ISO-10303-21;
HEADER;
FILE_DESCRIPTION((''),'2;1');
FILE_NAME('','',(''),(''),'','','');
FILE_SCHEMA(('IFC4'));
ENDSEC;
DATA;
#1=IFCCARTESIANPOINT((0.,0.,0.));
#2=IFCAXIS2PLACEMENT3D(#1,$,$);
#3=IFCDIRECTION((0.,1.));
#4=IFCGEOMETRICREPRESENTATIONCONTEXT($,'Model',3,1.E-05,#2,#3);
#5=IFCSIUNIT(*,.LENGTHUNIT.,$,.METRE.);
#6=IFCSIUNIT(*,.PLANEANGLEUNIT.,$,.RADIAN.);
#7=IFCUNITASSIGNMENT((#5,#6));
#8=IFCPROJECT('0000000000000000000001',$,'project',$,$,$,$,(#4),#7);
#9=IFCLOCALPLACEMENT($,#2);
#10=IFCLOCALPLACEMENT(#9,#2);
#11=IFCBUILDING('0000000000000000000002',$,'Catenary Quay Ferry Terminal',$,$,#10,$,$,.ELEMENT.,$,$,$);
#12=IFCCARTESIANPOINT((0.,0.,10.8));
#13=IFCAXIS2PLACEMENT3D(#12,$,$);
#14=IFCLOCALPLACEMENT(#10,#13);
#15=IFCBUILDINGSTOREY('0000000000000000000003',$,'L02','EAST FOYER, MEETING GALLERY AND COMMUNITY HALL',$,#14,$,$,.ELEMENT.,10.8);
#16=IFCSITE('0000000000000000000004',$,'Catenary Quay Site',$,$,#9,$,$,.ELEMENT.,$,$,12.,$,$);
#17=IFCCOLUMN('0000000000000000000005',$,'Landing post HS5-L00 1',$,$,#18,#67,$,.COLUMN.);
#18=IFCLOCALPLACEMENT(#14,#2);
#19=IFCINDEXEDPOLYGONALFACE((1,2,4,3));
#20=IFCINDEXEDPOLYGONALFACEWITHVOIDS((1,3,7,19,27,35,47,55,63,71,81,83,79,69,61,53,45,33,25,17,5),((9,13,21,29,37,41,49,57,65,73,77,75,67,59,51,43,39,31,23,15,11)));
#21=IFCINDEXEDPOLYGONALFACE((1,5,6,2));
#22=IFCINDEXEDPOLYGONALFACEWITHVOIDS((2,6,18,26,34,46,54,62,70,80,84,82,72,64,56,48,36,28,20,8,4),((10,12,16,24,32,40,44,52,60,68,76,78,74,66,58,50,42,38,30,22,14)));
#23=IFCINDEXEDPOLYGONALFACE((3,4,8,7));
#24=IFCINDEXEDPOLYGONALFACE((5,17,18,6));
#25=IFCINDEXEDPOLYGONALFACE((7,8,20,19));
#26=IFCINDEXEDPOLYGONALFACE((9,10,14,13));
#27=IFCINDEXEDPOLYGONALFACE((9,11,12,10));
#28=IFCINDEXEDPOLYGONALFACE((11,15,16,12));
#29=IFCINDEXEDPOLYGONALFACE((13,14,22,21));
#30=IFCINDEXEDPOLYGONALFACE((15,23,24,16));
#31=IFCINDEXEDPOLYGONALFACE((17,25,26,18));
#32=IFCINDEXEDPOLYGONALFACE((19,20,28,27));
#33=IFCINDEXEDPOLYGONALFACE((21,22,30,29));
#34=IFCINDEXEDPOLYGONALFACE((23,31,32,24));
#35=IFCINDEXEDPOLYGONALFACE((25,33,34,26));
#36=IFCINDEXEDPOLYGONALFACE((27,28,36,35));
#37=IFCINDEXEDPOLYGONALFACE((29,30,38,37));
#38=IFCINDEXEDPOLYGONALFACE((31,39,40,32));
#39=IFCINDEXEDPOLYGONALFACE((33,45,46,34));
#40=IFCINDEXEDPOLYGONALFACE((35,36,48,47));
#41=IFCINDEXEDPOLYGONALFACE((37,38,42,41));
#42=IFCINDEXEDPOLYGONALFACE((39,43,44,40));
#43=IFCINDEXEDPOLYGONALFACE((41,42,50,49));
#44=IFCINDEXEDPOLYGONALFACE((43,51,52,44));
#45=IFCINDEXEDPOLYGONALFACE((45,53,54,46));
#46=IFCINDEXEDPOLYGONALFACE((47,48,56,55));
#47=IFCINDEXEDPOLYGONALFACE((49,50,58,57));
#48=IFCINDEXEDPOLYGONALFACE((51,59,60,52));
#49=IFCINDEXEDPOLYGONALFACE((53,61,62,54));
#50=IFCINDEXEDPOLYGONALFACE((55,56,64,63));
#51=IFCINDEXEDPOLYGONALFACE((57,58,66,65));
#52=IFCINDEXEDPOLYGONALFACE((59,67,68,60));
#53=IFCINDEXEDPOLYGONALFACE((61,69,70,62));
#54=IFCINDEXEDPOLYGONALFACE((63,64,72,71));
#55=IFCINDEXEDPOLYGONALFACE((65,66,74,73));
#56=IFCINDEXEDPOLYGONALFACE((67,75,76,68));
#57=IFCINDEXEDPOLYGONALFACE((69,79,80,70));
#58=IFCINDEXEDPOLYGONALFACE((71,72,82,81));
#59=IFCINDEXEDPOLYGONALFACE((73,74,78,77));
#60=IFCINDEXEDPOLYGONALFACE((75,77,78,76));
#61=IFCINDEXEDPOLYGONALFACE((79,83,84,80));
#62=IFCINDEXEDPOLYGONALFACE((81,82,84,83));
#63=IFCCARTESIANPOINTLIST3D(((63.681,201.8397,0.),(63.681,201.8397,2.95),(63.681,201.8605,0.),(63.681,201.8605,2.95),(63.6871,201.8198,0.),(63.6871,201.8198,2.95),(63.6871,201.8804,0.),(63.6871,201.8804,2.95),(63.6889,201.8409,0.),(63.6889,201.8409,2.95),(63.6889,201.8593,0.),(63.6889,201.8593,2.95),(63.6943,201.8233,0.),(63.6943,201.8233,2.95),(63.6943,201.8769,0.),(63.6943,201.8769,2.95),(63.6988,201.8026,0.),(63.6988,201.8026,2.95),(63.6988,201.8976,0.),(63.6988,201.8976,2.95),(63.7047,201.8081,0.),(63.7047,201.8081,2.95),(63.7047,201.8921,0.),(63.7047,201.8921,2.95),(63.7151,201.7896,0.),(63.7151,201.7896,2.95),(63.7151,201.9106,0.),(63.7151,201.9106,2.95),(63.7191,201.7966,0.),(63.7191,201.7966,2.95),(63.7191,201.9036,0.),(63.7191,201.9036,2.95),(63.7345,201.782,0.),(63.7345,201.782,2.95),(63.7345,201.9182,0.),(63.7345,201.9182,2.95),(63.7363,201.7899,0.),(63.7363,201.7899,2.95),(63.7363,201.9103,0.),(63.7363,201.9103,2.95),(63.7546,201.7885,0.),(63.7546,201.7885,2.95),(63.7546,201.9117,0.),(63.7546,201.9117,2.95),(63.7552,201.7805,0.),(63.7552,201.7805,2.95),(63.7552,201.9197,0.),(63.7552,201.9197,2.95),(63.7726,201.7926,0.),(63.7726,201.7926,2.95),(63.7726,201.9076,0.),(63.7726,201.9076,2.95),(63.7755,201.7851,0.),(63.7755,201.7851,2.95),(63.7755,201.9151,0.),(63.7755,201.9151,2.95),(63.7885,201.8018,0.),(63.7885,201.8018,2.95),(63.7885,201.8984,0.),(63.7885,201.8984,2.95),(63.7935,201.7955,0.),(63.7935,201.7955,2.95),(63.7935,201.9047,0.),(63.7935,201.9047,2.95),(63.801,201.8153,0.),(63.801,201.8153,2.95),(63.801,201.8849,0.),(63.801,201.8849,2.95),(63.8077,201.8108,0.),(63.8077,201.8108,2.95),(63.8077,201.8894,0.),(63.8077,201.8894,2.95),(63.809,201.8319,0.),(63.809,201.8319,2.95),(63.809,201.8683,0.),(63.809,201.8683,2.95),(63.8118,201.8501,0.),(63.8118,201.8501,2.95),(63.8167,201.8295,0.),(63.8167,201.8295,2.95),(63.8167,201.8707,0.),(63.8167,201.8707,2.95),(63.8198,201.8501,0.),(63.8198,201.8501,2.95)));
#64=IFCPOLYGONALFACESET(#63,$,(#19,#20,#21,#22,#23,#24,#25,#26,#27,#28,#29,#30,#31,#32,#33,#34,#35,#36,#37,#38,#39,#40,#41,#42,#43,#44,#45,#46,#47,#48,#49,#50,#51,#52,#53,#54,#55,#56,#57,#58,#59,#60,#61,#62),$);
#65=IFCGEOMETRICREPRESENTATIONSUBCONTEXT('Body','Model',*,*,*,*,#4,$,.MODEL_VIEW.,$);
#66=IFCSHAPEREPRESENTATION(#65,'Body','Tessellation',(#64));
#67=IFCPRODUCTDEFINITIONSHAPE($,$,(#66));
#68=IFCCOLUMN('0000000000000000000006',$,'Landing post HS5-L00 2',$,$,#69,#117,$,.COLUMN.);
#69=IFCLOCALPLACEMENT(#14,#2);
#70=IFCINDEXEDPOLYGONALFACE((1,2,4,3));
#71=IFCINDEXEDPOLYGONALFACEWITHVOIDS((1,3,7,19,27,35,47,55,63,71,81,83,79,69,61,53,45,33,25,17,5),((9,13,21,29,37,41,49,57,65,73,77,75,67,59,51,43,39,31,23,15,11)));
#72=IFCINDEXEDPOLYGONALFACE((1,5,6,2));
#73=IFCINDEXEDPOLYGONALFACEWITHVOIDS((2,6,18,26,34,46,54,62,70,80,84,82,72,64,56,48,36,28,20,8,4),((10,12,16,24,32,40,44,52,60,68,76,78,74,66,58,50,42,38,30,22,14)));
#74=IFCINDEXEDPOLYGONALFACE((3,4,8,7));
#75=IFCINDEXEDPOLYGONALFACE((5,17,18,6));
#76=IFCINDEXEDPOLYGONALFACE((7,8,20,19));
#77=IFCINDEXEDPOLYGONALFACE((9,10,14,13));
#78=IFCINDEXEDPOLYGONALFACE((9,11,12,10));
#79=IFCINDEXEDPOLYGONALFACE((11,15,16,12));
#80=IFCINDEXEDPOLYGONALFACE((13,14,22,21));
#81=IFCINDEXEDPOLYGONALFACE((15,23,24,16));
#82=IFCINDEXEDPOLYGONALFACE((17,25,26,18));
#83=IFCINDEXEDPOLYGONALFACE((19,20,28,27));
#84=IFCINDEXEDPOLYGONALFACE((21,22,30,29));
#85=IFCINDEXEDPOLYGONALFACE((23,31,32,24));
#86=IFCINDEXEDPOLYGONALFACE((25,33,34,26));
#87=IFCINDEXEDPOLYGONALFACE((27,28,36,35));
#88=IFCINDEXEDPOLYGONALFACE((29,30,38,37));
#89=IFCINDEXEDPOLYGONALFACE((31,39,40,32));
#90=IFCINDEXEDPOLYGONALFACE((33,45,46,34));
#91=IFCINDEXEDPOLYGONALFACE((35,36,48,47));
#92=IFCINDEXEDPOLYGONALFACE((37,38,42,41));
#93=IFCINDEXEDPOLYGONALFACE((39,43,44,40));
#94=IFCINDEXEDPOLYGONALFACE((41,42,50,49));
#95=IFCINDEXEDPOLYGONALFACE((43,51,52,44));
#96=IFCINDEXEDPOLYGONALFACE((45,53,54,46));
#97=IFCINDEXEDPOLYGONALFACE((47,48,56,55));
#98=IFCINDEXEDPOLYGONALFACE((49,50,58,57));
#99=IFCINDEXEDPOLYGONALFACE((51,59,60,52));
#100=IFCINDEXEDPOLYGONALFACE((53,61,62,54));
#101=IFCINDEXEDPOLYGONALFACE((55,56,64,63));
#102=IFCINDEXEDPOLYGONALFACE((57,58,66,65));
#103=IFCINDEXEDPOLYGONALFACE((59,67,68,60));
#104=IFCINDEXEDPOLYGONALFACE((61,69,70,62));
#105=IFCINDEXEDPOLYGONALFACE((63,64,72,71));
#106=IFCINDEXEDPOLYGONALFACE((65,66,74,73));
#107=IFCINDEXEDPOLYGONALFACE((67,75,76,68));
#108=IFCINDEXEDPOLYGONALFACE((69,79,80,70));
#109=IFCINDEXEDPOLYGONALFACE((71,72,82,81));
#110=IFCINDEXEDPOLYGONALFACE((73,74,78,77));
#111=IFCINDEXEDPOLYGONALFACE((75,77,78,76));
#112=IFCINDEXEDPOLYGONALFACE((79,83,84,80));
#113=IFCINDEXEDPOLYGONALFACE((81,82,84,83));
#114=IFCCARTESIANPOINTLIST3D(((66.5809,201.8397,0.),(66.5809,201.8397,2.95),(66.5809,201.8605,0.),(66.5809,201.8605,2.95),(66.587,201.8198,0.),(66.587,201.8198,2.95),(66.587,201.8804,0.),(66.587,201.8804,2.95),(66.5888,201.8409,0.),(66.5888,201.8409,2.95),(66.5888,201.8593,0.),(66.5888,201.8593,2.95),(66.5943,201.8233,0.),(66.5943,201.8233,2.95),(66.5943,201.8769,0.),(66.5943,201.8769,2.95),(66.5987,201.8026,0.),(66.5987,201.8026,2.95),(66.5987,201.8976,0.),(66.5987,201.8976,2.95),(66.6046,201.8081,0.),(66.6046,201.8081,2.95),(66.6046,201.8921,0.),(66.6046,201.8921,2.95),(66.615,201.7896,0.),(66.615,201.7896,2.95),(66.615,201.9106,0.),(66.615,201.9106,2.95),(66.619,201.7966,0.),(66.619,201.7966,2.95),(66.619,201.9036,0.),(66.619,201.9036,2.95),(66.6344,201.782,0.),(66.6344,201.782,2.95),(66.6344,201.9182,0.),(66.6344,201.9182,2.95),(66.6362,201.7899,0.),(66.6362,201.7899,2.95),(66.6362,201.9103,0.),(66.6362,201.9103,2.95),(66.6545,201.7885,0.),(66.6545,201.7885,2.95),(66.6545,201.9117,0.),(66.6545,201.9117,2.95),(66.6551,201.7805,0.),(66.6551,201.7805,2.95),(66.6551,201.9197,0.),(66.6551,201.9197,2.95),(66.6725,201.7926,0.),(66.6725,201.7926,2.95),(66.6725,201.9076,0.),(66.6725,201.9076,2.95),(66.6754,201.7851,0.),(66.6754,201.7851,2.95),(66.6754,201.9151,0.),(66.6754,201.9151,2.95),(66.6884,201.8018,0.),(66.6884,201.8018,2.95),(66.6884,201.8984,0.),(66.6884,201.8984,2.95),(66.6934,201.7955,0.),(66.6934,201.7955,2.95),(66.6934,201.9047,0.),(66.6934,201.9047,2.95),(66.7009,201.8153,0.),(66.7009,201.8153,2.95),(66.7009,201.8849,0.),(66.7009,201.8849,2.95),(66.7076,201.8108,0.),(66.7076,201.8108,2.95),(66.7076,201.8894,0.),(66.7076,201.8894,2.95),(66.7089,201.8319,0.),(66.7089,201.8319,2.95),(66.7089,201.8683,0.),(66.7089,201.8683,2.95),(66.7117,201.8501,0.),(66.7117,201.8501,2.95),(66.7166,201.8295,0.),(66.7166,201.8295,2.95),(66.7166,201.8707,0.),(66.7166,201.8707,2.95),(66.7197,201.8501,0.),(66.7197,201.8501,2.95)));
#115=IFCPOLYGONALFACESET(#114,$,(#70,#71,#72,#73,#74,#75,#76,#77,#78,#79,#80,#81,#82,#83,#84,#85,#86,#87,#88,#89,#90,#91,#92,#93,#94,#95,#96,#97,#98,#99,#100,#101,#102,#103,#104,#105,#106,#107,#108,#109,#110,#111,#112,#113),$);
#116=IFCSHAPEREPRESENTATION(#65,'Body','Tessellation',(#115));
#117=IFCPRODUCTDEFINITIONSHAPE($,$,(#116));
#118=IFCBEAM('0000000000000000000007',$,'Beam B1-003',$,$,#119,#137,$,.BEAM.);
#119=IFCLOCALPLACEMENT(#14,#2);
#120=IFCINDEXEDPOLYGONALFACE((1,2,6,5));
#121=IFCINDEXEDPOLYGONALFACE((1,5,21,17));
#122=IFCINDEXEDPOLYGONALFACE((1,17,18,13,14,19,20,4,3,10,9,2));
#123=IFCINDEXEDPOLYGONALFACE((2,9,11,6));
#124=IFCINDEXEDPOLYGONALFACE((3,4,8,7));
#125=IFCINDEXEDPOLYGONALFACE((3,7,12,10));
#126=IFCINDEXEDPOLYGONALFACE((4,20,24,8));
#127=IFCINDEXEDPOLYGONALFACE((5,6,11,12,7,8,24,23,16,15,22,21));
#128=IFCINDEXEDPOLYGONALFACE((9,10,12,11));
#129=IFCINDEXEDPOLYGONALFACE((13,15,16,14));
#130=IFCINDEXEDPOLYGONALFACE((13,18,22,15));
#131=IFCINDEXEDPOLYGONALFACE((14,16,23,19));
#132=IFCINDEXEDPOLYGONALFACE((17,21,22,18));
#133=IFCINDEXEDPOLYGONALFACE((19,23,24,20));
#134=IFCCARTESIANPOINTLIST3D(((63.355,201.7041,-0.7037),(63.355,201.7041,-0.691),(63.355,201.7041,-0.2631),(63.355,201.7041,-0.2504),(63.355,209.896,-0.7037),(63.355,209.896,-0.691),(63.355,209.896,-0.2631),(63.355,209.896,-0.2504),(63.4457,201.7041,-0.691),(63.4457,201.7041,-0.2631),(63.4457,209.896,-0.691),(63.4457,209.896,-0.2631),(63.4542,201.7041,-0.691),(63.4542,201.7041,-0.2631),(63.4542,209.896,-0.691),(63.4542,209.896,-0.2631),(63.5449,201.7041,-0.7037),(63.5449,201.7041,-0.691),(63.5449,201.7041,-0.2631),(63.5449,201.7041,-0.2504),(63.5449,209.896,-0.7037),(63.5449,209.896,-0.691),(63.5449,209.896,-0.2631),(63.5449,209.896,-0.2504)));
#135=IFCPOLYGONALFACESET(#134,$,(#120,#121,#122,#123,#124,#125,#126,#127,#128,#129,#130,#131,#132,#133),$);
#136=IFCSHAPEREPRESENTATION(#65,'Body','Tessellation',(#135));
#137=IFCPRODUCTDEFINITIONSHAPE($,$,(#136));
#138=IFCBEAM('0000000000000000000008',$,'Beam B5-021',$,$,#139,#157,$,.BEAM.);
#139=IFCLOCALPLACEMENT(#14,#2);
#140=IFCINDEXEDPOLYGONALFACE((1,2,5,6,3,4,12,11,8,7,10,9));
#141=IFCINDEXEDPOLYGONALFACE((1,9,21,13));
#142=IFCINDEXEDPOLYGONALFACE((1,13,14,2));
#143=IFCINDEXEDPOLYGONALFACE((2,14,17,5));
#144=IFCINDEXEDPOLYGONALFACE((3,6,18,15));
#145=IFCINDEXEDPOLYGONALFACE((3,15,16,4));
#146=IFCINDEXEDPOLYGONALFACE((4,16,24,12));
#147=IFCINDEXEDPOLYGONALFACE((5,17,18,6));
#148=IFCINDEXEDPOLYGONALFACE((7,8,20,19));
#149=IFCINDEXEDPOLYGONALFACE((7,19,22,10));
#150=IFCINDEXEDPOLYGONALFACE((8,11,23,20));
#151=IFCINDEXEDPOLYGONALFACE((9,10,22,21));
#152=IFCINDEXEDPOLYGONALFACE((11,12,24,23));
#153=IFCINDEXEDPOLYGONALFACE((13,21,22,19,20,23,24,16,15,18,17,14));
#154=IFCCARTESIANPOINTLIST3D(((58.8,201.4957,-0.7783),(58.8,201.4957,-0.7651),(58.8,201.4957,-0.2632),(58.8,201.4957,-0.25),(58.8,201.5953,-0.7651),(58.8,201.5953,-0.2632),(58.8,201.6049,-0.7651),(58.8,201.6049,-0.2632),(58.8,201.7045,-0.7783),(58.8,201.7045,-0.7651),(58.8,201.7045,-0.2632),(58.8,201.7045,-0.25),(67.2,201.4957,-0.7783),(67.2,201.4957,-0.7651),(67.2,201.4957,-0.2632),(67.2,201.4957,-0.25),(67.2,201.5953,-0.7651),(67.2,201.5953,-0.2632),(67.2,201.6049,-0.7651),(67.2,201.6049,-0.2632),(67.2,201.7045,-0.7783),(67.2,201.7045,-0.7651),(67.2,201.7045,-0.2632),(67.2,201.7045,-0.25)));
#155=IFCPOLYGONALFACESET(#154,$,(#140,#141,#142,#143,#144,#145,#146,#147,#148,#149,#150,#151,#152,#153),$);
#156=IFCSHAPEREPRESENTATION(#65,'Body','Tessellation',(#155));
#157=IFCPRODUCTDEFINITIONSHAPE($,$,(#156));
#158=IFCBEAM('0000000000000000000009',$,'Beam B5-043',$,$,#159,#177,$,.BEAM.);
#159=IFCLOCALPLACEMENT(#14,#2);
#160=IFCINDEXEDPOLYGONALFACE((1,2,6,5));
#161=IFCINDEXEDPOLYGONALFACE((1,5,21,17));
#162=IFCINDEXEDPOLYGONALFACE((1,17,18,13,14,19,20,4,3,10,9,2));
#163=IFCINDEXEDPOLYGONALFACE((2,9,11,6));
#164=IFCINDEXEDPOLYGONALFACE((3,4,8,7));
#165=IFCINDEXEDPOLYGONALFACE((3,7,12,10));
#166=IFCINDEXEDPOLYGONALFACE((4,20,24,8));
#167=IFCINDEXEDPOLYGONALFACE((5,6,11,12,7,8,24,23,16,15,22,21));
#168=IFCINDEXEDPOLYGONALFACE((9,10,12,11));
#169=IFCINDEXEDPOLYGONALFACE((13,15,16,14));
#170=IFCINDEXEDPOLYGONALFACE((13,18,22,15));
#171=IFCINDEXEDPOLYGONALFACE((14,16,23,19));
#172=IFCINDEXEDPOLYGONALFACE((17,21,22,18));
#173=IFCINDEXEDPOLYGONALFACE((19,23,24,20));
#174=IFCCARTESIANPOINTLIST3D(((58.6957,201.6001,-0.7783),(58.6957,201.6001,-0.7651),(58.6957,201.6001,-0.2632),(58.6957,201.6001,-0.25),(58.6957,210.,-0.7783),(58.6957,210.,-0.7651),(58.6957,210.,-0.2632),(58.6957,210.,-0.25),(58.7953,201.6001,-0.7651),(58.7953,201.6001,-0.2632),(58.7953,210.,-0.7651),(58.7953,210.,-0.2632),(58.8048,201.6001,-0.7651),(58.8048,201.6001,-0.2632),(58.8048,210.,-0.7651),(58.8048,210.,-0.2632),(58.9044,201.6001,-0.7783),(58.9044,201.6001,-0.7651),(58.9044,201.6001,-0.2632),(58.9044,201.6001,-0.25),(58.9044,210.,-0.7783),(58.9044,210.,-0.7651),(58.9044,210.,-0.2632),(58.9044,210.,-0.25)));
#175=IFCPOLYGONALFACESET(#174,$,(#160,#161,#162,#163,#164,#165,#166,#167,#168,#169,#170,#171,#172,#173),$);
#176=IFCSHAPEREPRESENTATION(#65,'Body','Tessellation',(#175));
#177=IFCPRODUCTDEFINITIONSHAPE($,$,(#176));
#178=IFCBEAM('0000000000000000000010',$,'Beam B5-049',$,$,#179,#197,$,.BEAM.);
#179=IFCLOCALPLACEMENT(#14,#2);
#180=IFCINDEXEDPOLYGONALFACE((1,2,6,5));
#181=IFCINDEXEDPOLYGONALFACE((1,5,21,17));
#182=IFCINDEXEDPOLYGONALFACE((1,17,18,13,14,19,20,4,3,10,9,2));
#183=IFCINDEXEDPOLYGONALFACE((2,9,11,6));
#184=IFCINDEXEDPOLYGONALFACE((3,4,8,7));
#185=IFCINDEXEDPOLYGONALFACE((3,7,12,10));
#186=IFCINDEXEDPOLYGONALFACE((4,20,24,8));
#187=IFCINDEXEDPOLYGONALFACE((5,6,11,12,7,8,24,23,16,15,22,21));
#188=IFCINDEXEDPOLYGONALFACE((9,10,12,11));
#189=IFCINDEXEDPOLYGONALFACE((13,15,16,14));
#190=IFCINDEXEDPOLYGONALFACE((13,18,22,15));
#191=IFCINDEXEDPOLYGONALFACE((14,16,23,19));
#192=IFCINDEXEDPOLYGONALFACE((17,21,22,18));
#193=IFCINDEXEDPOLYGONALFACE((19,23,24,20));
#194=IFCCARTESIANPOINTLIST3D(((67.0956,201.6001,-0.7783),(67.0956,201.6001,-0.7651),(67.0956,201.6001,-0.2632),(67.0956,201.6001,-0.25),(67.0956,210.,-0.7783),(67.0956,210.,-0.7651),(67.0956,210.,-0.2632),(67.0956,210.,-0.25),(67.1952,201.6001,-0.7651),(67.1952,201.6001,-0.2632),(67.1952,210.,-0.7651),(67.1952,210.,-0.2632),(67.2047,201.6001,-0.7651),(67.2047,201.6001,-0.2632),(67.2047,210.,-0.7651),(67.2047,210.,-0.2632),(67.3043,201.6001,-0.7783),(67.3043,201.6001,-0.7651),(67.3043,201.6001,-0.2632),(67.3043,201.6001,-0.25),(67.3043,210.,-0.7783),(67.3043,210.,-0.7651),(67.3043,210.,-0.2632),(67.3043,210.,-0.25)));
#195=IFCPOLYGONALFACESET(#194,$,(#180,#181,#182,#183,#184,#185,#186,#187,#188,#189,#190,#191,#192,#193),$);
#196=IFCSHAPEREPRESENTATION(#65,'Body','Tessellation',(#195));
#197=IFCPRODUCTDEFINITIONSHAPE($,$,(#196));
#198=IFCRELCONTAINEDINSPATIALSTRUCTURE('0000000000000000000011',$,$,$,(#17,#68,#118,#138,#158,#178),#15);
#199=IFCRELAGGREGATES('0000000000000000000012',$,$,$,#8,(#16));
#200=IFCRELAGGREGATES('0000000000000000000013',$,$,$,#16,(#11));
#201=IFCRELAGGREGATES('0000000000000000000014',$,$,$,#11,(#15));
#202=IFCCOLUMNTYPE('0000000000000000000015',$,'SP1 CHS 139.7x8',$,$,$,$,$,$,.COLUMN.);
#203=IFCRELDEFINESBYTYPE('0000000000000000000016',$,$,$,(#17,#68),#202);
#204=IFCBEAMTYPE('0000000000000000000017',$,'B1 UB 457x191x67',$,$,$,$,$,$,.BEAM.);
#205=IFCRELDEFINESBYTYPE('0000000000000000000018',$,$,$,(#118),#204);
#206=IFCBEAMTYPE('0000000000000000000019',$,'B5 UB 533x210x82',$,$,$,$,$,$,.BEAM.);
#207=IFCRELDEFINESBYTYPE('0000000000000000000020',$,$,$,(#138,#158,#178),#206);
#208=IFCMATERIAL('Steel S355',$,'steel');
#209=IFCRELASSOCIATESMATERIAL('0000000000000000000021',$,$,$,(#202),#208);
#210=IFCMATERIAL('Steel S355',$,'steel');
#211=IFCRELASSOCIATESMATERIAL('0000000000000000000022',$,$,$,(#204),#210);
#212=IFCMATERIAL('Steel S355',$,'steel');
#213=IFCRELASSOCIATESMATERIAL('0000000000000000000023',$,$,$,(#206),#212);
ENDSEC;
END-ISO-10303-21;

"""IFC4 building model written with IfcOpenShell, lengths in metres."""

from ifc_helpers import new_model, si_unit, direction, frame, origin, origin_2d, place, context, subcontext, project, spatial, hollow_circle, i_section, extrude, material, material_profile, profile_set, type_object, element, save


model = new_model("IFC4")

# Units and contexts
model_context = context("Model", 3, precision=1e-05, world=origin(), true_north=direction((0.0, 1.0)))
body_context = subcontext(model_context, "Body", "Model", "MODEL_VIEW")
ifc_project = project(units=[si_unit("LENGTHUNIT", "METRE"), si_unit("PLANEANGLEUNIT", "RADIAN")], contexts=[model_context])

# Site, building, storey
site_placement = place(None, origin())
site = spatial("IfcSite", under=ifc_project, at=site_placement, Name="Catenary Quay Site", CompositionType="ELEMENT", RefElevation=12.0)
building_placement = place(site_placement, origin())
building = spatial("IfcBuilding", under=site, at=building_placement, Name="Catenary Quay Ferry Terminal", CompositionType="ELEMENT")
storey_placement = place(building_placement, frame((0.0, 0.0, 10.8)))
storey = spatial("IfcBuildingStorey", under=building, at=storey_placement, Name="L02", Description="EAST FOYER, MEETING GALLERY AND COMMUNITY HALL", CompositionType="ELEMENT", Elevation=10.8)

# Columns
ifc_material_1 = material(Name="Steel S355", Category="steel")
ifc_material_profile_1 = material_profile(ifc_material_1, hollow_circle(Radius=0.0698, WallThickness=0.0081, at=origin_2d()), Name="CHS 139.7x8")
ifc_profile_set_1 = profile_set([ifc_material_profile_1], Name="Steel S355")
column_type_1 = type_object("IfcColumnType", Name="SP1 CHS 139.7x8", PredefinedType="COLUMN", material=ifc_profile_set_1)
for number, where, z_axis, x_axis, name in (
    (1, (63.75, 201.8501, 0.0), (0.0, 0.0, 1.0), (1.0, 0.0, 0.0), "Landing post HS5-L00 1"),
    (2, (66.6499, 201.8501, 0.0), (0.0, 0.0, 1.0), (1.0, 0.0, 0.0), "Landing post HS5-L00 2"),
):
    element("IfcColumn", number, at=place(storey_placement, frame(where, z_axis=z_axis, x_axis=x_axis)), inside=storey, type_object=column_type_1, Name=name, PredefinedType="COLUMN", context=body_context, shape_type="SweptSolid", body=[
        extrude(hollow_circle(Radius=0.0698, WallThickness=0.0081, at=origin_2d()), origin(), (0.0, 0.0, 1.0), 2.95),
    ])

# Beams
ifc_material_2 = material(Name="Steel S355", Category="steel")
ifc_material_profile_2 = material_profile(ifc_material_2, i_section(OverallWidth=0.1899, OverallDepth=0.4534, WebThickness=0.0085, FlangeThickness=0.0127, at=origin_2d()), Name="UB 457x191x67")
ifc_profile_set_2 = profile_set([ifc_material_profile_2], Name="Steel S355")
beam_type_1 = type_object("IfcBeamType", Name="B1 UB 457x191x67", PredefinedType="BEAM", material=ifc_profile_set_2)
beam_1_placement = place(storey_placement, frame((63.45, 201.7041, -0.4771), z_axis=(0.0, 1.0, 0.0), x_axis=(-1.0, 0.0, 0.0)))
element("IfcBeam", 3, at=beam_1_placement, inside=storey, type_object=beam_type_1, Name="Beam B1-003", PredefinedType="BEAM", context=body_context, shape_type="SweptSolid", body=[
    extrude(i_section(OverallWidth=0.1899, OverallDepth=0.4534, WebThickness=0.0085, FlangeThickness=0.0127, at=origin_2d()), origin(), (0.0, 0.0, 1.0), 8.1919),
])
ifc_material_3 = material(Name="Steel S355", Category="steel")
ifc_material_profile_3 = material_profile(ifc_material_3, i_section(OverallWidth=0.2087, OverallDepth=0.5283, WebThickness=0.0095, FlangeThickness=0.0132, at=origin_2d()), Name="UB 533x210x82")
ifc_profile_set_3 = profile_set([ifc_material_profile_3], Name="Steel S355")
beam_type_2 = type_object("IfcBeamType", Name="B5 UB 533x210x82", PredefinedType="BEAM", material=ifc_profile_set_3)
for number, where, z_axis, x_axis, name in (
    (4, (58.8, 201.6001, -0.5142), (1.0, 0.0, 0.0), (0.0, 1.0, 0.0), "Beam B5-021"),
    (5, (58.8, 201.6001, -0.5142), (0.0, 1.0, 0.0), (-1.0, 0.0, 0.0), "Beam B5-043"),
    (6, (67.2, 201.6001, -0.5142), (0.0, 1.0, 0.0), (-1.0, 0.0, 0.0), "Beam B5-049"),
):
    element("IfcBeam", number, at=place(storey_placement, frame(where, z_axis=z_axis, x_axis=x_axis)), inside=storey, type_object=beam_type_2, Name=name, PredefinedType="BEAM", context=body_context, shape_type="SweptSolid", body=[
        extrude(i_section(OverallWidth=0.2087, OverallDepth=0.5283, WebThickness=0.0095, FlangeThickness=0.0132, at=origin_2d()), origin(), (0.0, 0.0, 1.0), 8.3999),
    ])

save(model, "model.ifc")
